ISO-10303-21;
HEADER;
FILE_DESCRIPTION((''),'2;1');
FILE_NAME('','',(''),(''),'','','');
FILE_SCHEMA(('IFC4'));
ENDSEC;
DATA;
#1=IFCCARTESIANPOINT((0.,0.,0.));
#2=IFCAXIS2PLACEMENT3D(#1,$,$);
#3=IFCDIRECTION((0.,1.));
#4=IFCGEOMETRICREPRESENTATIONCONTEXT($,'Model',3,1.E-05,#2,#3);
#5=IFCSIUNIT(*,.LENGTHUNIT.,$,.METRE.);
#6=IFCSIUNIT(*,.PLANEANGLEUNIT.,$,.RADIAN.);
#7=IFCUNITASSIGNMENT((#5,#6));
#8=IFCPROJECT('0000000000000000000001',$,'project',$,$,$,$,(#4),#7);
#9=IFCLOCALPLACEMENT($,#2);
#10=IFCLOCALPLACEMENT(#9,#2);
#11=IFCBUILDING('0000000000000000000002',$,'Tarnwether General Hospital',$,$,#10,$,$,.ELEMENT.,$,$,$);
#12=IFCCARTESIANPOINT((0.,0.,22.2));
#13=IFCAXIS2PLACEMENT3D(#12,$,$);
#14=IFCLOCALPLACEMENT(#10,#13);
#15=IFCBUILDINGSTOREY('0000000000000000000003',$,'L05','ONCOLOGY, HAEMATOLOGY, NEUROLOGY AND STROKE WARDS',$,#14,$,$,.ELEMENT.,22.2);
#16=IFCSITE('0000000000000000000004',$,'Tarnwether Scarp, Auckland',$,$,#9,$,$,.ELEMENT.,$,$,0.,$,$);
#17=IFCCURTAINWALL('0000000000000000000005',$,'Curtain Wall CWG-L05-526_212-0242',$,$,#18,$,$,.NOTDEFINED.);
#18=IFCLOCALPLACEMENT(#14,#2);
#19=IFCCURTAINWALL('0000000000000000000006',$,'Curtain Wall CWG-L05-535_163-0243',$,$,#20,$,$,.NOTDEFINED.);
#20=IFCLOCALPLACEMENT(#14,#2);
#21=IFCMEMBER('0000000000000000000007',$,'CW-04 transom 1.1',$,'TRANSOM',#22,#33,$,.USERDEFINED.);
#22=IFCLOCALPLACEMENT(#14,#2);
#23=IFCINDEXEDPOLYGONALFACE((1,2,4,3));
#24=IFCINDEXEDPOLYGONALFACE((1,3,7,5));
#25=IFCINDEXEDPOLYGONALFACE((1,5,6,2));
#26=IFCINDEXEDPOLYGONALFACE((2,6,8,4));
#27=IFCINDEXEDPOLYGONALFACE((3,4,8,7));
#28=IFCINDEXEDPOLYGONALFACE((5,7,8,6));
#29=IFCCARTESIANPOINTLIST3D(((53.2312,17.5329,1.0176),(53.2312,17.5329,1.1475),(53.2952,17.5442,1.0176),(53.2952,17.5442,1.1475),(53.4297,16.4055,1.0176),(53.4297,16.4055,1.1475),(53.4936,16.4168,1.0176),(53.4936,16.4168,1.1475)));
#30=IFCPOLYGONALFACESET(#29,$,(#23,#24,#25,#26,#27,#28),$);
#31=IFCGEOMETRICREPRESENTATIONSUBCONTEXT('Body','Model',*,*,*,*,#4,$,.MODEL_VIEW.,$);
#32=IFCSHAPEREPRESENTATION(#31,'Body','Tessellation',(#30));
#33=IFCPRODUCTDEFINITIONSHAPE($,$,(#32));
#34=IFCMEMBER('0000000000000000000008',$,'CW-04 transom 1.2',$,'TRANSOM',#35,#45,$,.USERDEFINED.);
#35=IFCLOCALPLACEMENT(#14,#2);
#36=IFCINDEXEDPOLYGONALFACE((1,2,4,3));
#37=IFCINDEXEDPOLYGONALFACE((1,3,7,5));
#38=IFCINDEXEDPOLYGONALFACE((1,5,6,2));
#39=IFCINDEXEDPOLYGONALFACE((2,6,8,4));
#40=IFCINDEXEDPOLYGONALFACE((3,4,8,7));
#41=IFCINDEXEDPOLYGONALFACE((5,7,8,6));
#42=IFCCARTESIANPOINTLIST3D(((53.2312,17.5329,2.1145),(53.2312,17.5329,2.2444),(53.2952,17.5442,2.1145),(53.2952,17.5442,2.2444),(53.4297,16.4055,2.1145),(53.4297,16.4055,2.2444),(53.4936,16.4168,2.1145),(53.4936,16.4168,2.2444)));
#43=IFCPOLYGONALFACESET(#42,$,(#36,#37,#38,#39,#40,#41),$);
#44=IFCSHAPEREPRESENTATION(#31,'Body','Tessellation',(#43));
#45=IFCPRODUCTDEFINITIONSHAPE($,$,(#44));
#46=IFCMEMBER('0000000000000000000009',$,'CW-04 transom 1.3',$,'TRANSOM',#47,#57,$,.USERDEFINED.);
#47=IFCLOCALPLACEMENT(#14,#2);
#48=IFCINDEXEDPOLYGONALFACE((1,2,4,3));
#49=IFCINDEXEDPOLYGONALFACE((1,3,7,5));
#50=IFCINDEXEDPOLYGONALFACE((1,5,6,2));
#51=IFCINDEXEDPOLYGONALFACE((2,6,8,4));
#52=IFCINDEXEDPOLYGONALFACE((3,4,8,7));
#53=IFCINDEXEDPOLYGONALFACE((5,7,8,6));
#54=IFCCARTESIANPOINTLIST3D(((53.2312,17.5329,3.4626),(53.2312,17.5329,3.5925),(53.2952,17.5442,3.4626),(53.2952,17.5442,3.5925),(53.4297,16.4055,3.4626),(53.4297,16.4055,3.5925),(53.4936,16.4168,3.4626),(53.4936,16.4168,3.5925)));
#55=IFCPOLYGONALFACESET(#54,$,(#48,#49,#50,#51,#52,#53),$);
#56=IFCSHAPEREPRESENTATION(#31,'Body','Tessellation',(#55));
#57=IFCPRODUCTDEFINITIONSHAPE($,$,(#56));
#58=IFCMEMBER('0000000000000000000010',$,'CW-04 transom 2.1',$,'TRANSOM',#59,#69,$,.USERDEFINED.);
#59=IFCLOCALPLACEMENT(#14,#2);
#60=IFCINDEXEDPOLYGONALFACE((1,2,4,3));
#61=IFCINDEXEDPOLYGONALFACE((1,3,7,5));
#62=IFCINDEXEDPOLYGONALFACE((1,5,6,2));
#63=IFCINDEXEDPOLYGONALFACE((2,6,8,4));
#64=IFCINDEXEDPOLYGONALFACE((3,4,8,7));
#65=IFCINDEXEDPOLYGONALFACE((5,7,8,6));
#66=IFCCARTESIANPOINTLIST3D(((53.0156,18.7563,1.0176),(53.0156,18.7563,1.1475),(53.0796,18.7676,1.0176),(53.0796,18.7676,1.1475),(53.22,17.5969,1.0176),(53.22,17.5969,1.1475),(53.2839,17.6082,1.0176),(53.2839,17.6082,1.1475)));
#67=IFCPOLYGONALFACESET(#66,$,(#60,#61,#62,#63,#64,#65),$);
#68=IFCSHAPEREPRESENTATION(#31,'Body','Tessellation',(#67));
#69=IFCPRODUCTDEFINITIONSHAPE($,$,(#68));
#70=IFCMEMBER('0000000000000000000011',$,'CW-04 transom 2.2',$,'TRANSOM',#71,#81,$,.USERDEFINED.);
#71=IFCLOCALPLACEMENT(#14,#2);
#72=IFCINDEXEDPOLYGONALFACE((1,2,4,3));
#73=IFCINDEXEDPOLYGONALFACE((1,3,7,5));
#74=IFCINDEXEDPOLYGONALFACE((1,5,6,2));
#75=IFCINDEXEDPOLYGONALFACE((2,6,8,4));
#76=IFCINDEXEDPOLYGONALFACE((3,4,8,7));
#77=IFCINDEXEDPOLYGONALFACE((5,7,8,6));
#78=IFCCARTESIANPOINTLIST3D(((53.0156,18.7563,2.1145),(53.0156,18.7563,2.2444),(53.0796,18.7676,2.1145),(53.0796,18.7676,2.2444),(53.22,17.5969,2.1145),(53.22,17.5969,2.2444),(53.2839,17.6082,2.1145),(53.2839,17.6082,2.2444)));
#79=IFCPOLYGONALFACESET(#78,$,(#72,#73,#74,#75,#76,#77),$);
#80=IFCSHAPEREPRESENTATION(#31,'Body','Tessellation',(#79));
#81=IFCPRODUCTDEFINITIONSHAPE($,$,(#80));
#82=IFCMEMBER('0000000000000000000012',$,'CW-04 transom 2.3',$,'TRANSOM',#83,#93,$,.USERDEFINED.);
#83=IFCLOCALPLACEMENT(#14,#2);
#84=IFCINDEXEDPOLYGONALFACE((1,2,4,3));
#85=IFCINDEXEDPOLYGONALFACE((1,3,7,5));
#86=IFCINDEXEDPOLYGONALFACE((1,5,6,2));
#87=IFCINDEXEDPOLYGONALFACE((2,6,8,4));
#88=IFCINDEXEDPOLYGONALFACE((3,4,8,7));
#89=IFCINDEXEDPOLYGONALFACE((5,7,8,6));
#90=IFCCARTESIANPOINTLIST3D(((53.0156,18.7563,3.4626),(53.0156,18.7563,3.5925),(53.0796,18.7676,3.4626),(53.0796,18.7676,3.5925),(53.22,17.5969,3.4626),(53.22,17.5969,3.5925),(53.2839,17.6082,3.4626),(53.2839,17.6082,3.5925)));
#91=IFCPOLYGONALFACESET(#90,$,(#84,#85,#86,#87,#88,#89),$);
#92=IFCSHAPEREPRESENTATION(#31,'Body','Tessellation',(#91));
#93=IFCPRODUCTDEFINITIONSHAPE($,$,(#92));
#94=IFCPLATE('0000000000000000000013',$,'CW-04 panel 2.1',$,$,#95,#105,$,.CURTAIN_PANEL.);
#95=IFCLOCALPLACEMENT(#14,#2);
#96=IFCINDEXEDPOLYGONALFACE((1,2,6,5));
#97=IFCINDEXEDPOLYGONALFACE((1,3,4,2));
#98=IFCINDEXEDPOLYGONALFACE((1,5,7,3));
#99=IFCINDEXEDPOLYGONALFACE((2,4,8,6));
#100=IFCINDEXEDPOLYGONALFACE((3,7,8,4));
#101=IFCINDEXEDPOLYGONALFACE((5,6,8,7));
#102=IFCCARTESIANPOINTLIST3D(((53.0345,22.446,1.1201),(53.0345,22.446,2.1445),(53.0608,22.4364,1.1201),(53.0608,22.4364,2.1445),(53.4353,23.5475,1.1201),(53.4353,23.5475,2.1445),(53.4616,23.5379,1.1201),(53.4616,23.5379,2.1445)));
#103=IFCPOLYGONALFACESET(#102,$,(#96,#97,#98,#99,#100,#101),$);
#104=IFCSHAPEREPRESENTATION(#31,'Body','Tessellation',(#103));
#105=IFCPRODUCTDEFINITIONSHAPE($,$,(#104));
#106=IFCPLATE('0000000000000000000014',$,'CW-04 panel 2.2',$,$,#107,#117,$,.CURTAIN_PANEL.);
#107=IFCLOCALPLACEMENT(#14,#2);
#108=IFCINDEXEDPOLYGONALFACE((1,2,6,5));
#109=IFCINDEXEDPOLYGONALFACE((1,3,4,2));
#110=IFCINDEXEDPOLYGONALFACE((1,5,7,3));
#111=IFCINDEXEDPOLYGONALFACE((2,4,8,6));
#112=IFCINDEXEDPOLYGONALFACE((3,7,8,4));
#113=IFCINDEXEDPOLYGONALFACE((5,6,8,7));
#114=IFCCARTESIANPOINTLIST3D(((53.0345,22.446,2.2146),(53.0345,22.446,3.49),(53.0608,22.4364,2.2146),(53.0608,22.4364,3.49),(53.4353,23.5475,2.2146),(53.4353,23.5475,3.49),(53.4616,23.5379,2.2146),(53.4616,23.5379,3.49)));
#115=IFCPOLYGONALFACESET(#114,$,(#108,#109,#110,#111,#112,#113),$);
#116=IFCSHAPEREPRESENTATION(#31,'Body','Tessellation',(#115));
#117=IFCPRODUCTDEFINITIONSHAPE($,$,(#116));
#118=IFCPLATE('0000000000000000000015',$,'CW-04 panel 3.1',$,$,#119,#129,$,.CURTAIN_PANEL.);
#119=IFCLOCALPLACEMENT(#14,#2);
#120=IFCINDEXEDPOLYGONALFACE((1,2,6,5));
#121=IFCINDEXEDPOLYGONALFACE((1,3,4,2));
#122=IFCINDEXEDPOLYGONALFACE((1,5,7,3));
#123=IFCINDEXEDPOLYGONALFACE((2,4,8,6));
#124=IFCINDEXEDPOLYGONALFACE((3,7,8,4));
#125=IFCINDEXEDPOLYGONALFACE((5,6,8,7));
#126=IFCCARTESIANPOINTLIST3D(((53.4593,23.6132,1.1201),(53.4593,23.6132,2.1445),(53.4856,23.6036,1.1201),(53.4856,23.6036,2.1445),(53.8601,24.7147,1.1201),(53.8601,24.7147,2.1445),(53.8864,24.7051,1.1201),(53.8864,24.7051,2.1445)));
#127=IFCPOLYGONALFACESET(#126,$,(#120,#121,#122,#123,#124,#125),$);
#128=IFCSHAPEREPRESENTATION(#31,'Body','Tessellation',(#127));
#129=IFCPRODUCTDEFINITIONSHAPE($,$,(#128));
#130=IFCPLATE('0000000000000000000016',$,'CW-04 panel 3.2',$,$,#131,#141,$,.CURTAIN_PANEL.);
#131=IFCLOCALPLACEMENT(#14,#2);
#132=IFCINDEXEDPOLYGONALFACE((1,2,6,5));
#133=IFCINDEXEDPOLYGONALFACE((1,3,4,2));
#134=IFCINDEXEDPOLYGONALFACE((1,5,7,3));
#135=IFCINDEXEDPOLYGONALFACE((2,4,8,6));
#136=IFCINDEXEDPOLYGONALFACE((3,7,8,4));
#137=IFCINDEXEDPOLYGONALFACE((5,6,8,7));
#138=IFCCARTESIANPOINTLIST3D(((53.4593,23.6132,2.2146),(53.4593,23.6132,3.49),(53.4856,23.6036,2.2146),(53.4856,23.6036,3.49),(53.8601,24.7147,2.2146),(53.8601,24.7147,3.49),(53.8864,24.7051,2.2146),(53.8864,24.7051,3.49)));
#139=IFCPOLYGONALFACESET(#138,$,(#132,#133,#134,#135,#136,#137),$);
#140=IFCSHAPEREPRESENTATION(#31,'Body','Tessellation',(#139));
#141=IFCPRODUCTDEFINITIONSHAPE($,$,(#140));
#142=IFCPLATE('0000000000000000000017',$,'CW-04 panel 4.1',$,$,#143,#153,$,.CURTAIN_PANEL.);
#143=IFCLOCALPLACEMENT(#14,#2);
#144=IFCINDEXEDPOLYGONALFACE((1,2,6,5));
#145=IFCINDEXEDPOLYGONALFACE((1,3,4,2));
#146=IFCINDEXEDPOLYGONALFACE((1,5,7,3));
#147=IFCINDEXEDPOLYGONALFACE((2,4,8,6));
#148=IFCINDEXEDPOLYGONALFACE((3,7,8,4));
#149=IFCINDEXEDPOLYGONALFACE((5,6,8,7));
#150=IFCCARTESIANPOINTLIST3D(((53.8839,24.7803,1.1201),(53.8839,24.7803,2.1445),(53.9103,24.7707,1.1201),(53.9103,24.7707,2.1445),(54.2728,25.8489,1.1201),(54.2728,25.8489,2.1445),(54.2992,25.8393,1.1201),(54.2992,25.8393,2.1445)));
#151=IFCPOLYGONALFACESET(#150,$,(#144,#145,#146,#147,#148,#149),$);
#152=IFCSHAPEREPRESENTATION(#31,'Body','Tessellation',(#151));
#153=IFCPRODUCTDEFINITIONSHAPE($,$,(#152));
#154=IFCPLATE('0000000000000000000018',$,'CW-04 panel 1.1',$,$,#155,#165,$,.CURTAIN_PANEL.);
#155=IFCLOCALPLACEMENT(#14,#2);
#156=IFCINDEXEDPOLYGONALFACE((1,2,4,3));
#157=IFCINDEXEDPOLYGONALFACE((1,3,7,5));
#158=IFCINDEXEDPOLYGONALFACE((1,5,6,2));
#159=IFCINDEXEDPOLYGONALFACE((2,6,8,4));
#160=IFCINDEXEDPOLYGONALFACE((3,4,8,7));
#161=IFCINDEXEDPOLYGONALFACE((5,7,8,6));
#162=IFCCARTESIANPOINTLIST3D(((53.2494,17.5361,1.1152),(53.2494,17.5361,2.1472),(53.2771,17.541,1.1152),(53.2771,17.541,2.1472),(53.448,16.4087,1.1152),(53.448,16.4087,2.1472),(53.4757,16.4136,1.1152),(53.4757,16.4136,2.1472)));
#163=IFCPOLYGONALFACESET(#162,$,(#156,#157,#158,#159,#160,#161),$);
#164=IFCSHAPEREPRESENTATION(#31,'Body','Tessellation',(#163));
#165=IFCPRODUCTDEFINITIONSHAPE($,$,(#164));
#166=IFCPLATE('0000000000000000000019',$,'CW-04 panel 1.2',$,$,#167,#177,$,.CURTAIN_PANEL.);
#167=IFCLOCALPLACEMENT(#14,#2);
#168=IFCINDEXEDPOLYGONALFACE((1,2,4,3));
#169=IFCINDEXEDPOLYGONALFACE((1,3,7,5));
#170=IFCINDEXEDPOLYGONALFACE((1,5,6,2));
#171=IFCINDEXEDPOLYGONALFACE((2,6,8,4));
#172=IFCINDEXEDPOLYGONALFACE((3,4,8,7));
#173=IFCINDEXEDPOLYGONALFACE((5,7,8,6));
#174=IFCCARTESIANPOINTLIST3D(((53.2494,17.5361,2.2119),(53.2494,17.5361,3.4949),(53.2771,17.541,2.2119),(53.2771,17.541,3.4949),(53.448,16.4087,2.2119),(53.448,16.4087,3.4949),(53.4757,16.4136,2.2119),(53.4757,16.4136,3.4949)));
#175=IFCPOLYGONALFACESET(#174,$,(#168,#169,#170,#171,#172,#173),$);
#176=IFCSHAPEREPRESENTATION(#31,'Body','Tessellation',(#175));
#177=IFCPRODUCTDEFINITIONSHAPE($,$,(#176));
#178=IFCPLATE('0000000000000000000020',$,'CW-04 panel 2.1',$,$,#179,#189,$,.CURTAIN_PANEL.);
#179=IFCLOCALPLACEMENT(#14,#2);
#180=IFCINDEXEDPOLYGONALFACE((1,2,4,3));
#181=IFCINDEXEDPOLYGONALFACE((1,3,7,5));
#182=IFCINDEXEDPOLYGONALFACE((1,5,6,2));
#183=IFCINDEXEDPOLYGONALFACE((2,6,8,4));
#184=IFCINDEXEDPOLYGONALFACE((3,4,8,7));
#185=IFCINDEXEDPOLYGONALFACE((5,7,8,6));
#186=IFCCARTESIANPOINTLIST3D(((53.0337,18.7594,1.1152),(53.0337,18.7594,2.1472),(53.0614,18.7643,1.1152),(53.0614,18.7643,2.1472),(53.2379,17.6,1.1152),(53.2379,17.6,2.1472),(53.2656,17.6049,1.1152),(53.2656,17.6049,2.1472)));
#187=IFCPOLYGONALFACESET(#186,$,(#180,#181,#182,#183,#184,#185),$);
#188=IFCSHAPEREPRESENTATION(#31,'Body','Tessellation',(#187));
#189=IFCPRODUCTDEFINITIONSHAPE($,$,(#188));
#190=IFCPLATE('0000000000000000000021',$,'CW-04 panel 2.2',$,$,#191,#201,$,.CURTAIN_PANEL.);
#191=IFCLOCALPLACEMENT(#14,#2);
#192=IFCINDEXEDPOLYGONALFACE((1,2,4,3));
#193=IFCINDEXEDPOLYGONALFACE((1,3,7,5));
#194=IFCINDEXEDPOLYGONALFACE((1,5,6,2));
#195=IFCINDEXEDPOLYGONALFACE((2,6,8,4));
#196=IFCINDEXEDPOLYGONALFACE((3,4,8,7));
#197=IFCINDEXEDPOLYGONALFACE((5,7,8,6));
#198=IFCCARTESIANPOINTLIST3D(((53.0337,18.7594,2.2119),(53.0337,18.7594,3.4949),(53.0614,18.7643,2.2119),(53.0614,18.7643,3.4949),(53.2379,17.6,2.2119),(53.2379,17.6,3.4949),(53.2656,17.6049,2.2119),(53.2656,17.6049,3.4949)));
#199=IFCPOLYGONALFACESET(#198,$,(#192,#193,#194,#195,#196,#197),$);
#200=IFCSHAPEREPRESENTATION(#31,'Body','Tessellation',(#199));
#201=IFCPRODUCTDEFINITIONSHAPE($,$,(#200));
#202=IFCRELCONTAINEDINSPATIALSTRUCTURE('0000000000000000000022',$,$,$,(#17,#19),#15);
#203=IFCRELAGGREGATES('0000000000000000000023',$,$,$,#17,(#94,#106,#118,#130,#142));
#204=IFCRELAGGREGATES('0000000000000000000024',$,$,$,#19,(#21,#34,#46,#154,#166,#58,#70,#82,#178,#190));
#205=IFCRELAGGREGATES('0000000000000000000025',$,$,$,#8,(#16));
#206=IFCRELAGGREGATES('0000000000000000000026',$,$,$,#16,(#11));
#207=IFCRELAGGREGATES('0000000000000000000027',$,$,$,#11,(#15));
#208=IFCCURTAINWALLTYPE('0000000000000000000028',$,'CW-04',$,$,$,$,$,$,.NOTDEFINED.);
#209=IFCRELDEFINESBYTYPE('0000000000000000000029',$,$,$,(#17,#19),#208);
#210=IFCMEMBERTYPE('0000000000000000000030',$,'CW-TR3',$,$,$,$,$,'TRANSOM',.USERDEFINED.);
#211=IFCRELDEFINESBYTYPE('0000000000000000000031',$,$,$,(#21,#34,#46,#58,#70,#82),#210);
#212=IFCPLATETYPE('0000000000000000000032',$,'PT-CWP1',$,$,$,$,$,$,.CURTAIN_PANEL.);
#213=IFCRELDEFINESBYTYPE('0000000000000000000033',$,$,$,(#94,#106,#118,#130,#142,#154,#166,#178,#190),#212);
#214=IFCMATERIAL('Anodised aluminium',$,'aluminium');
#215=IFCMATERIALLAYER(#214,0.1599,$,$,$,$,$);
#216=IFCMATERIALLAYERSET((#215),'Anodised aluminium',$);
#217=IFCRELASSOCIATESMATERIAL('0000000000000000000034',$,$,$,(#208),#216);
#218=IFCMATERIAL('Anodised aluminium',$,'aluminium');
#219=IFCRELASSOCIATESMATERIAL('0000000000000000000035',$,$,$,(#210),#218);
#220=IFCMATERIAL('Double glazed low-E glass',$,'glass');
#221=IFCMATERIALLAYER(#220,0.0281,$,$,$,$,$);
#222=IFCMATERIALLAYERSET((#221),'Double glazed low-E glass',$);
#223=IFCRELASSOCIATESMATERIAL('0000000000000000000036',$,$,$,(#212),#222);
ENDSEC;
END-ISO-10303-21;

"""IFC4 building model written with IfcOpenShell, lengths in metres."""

from ifc_helpers import new_model, si_unit, direction, frame, origin, origin_2d, place, context, subcontext, project, spatial, rectangle, extrude, material, layer, layer_set, material_profile, profile_set, type_object, element, aggregate, save


model = new_model("IFC4")

# Units and contexts
model_context = context("Model", 3, precision=1e-05, world=origin(), true_north=direction((0.0, 1.0)))
body_context = subcontext(model_context, "Body", "Model", "MODEL_VIEW")
ifc_project = project(units=[si_unit("LENGTHUNIT", "METRE"), si_unit("PLANEANGLEUNIT", "RADIAN")], contexts=[model_context])

# Site, building, storey
site_placement = place(None, origin())
site = spatial("IfcSite", under=ifc_project, at=site_placement, Name="Tarnwether Scarp, Auckland", CompositionType="ELEMENT", RefElevation=0.0)
building_placement = place(site_placement, origin())
building = spatial("IfcBuilding", under=site, at=building_placement, Name="Tarnwether General Hospital", CompositionType="ELEMENT")
storey_placement = place(building_placement, frame((0.0, 0.0, 22.2)))
storey = spatial("IfcBuildingStorey", under=building, at=storey_placement, Name="L05", Description="ONCOLOGY, HAEMATOLOGY, NEUROLOGY AND STROKE WARDS", CompositionType="ELEMENT", Elevation=22.2)

# Curtain walls
ifc_material_1 = material(Name="Anodised aluminium", Category="aluminium")
ifc_layer_1 = layer(ifc_material_1, 0.1599)
ifc_layer_set_1 = layer_set([ifc_layer_1], Name="Anodised aluminium")
curtain_wall_type = type_object("IfcCurtainWallType", Name="CW-04", PredefinedType="NOTDEFINED", material=ifc_layer_set_1)
curtain_wall_1_placement = place(storey_placement, origin())
curtain_wall_1 = element("IfcCurtainWall", 1, at=curtain_wall_1_placement, inside=storey, type_object=curtain_wall_type, Name="Curtain Wall CWG-L05-526_212-0242", PredefinedType="NOTDEFINED")
curtain_wall_2_placement = place(storey_placement, origin())
curtain_wall_2 = element("IfcCurtainWall", 2, at=curtain_wall_2_placement, inside=storey, type_object=curtain_wall_type, Name="Curtain Wall CWG-L05-535_163-0243", PredefinedType="NOTDEFINED")

# Members
ifc_material_2 = material(Name="Anodised aluminium", Category="aluminium")
ifc_material_profile_1 = material_profile(ifc_material_2, rectangle(XDim=0.0649, YDim=0.1299, at=origin_2d()), Name="ALU-TRN-65x130")
ifc_profile_set_1 = profile_set([ifc_material_profile_1], Name="Anodised aluminium")
member_type_1 = type_object("IfcMemberType", Name="CW-TR3", ElementType="TRANSOM", PredefinedType="USERDEFINED", material=ifc_profile_set_1)
member_1_placement = place(storey_placement, frame((53.4617, 16.4111, 1.0825), z_axis=(-0.173384, 0.984854, 0.0), x_axis=(-0.984854, -0.173384, 0.0)))
member_1 = element("IfcMember", 3, at=member_1_placement, type_object=member_type_1, Name="CW-04 transom 1.1", ObjectType="TRANSOM", PredefinedType="USERDEFINED", context=body_context, shape_type="SweptSolid", body=[
    extrude(rectangle(XDim=0.0649, YDim=0.1299, at=origin_2d()), origin(), (0.0, 0.0, 1.0), 1.1448),
])
member_2_placement = place(storey_placement, frame((53.4617, 16.4111, 2.1794), z_axis=(-0.173384, 0.984854, 0.0), x_axis=(-0.984854, -0.173384, 0.0)))
member_2 = element("IfcMember", 4, at=member_2_placement, type_object=member_type_1, Name="CW-04 transom 1.2", ObjectType="TRANSOM", PredefinedType="USERDEFINED", context=body_context, shape_type="SweptSolid", body=[
    extrude(rectangle(XDim=0.0649, YDim=0.1299, at=origin_2d()), origin(), (0.0, 0.0, 1.0), 1.1448),
])
member_3_placement = place(storey_placement, frame((53.4617, 16.4111, 3.5276), z_axis=(-0.173384, 0.984854, 0.0), x_axis=(-0.984854, -0.173384, 0.0)))
member_3 = element("IfcMember", 5, at=member_3_placement, type_object=member_type_1, Name="CW-04 transom 1.3", ObjectType="TRANSOM", PredefinedType="USERDEFINED", context=body_context, shape_type="SweptSolid", body=[
    extrude(rectangle(XDim=0.0649, YDim=0.1299, at=origin_2d()), origin(), (0.0, 0.0, 1.0), 1.1448),
])
member_4_placement = place(storey_placement, frame((53.252, 17.6025, 1.0825), z_axis=(-0.173572, 0.984821, 0.0), x_axis=(-0.984821, -0.173572, 0.0)))
member_4 = element("IfcMember", 6, at=member_4_placement, type_object=member_type_1, Name="CW-04 transom 2.1", ObjectType="TRANSOM", PredefinedType="USERDEFINED", context=body_context, shape_type="SweptSolid", body=[
    extrude(rectangle(XDim=0.0649, YDim=0.1299, at=origin_2d()), origin(), (0.0, 0.0, 1.0), 1.1772),
])
member_5_placement = place(storey_placement, frame((53.252, 17.6025, 2.1794), z_axis=(-0.173572, 0.984821, 0.0), x_axis=(-0.984821, -0.173572, 0.0)))
member_5 = element("IfcMember", 7, at=member_5_placement, type_object=member_type_1, Name="CW-04 transom 2.2", ObjectType="TRANSOM", PredefinedType="USERDEFINED", context=body_context, shape_type="SweptSolid", body=[
    extrude(rectangle(XDim=0.0649, YDim=0.1299, at=origin_2d()), origin(), (0.0, 0.0, 1.0), 1.1772),
])
member_6_placement = place(storey_placement, frame((53.252, 17.6025, 3.5276), z_axis=(-0.173572, 0.984821, 0.0), x_axis=(-0.984821, -0.173572, 0.0)))
member_6 = element("IfcMember", 8, at=member_6_placement, type_object=member_type_1, Name="CW-04 transom 2.3", ObjectType="TRANSOM", PredefinedType="USERDEFINED", context=body_context, shape_type="SweptSolid", body=[
    extrude(rectangle(XDim=0.0649, YDim=0.1299, at=origin_2d()), origin(), (0.0, 0.0, 1.0), 1.1772),
])

# Plates
ifc_material_3 = material(Name="Double glazed low-E glass", Category="glass")
ifc_layer_2 = layer(ifc_material_3, 0.0281)
ifc_layer_set_2 = layer_set([ifc_layer_2], Name="Double glazed low-E glass")
plate_type_1 = type_object("IfcPlateType", Name="PT-CWP1", PredefinedType="CURTAIN_PANEL", material=ifc_layer_set_2)
plate_1_placement = place(storey_placement, frame((53.248, 22.9919, 1.1201), z_axis=(0.0, 0.0, 1.0), x_axis=(0.341953, 0.939717, 0.0)))
plate_1 = element("IfcPlate", 9, at=plate_1_placement, type_object=plate_type_1, Name="CW-04 panel 2.1", PredefinedType="CURTAIN_PANEL", context=body_context, shape_type="SweptSolid", body=[
    extrude(rectangle(XDim=1.1721, YDim=0.0281, at=origin_2d()), origin(), (0.0, 0.0, 1.0), 1.0244),
])
plate_2_placement = place(storey_placement, frame((53.248, 22.9919, 2.2146), z_axis=(0.0, 0.0, 1.0), x_axis=(0.341953, 0.939717, 0.0)))
plate_2 = element("IfcPlate", 10, at=plate_2_placement, type_object=plate_type_1, Name="CW-04 panel 2.2", PredefinedType="CURTAIN_PANEL", context=body_context, shape_type="SweptSolid", body=[
    extrude(rectangle(XDim=1.1721, YDim=0.0281, at=origin_2d()), origin(), (0.0, 0.0, 1.0), 1.2754),
])
plate_3_placement = place(storey_placement, frame((53.6729, 24.1592, 1.1201), z_axis=(0.0, 0.0, 1.0), x_axis=(0.341953, 0.939717, 0.0)))
plate_3 = element("IfcPlate", 11, at=plate_3_placement, type_object=plate_type_1, Name="CW-04 panel 3.1", PredefinedType="CURTAIN_PANEL", context=body_context, shape_type="SweptSolid", body=[
    extrude(rectangle(XDim=1.1721, YDim=0.0281, at=origin_2d()), origin(), (0.0, 0.0, 1.0), 1.0244),
])
plate_4_placement = place(storey_placement, frame((53.6729, 24.1592, 2.2146), z_axis=(0.0, 0.0, 1.0), x_axis=(0.341953, 0.939717, 0.0)))
plate_4 = element("IfcPlate", 12, at=plate_4_placement, type_object=plate_type_1, Name="CW-04 panel 3.2", PredefinedType="CURTAIN_PANEL", context=body_context, shape_type="SweptSolid", body=[
    extrude(rectangle(XDim=1.1721, YDim=0.0281, at=origin_2d()), origin(), (0.0, 0.0, 1.0), 1.2754),
])
plate_5_placement = place(storey_placement, frame((54.0916, 25.3098, 1.1201), z_axis=(0.0, 0.0, 1.0), x_axis=(0.341953, 0.939717, 0.0)))
plate_5 = element("IfcPlate", 13, at=plate_5_placement, type_object=plate_type_1, Name="CW-04 panel 4.1", PredefinedType="CURTAIN_PANEL", context=body_context, shape_type="SweptSolid", body=[
    extrude(rectangle(XDim=1.1372, YDim=0.0281, at=origin_2d()), origin(), (0.0, 0.0, 1.0), 1.0244),
])
aggregate(curtain_wall_1, [plate_1, plate_2, plate_3, plate_4, plate_5])
plate_6_placement = place(storey_placement, frame((53.3625, 16.9749, 1.1152), z_axis=(0.0, 0.0, 1.0), x_axis=(-0.173464, 0.98484, 0.0)))
plate_6 = element("IfcPlate", 14, at=plate_6_placement, type_object=plate_type_1, Name="CW-04 panel 1.1", PredefinedType="CURTAIN_PANEL", context=body_context, shape_type="SweptSolid", body=[
    extrude(rectangle(XDim=1.1448, YDim=0.0281, at=origin_2d()), origin(), (0.0, 0.0, 1.0), 1.032),
])
plate_7_placement = place(storey_placement, frame((53.3625, 16.9749, 2.2119), z_axis=(0.0, 0.0, 1.0), x_axis=(-0.173464, 0.98484, 0.0)))
plate_7 = element("IfcPlate", 15, at=plate_7_placement, type_object=plate_type_1, Name="CW-04 panel 1.2", PredefinedType="CURTAIN_PANEL", context=body_context, shape_type="SweptSolid", body=[
    extrude(rectangle(XDim=1.1448, YDim=0.0281, at=origin_2d()), origin(), (0.0, 0.0, 1.0), 1.283),
])
plate_8_placement = place(storey_placement, frame((53.1497, 18.1821, 1.1152), z_axis=(0.0, 0.0, 1.0), x_axis=(-0.173464, 0.98484, 0.0)))
plate_8 = element("IfcPlate", 16, at=plate_8_placement, type_object=plate_type_1, Name="CW-04 panel 2.1", PredefinedType="CURTAIN_PANEL", context=body_context, shape_type="SweptSolid", body=[
    extrude(rectangle(XDim=1.1772, YDim=0.0281, at=origin_2d()), origin(), (0.0, 0.0, 1.0), 1.032),
])
plate_9_placement = place(storey_placement, frame((53.1497, 18.1821, 2.2119), z_axis=(0.0, 0.0, 1.0), x_axis=(-0.173464, 0.98484, 0.0)))
plate_9 = element("IfcPlate", 17, at=plate_9_placement, type_object=plate_type_1, Name="CW-04 panel 2.2", PredefinedType="CURTAIN_PANEL", context=body_context, shape_type="SweptSolid", body=[
    extrude(rectangle(XDim=1.1772, YDim=0.0281, at=origin_2d()), origin(), (0.0, 0.0, 1.0), 1.283),
])
aggregate(curtain_wall_2, [member_1, member_2, member_3, plate_6, plate_7, member_4, member_5, member_6, plate_8, plate_9])

save(model, "model.ifc")
